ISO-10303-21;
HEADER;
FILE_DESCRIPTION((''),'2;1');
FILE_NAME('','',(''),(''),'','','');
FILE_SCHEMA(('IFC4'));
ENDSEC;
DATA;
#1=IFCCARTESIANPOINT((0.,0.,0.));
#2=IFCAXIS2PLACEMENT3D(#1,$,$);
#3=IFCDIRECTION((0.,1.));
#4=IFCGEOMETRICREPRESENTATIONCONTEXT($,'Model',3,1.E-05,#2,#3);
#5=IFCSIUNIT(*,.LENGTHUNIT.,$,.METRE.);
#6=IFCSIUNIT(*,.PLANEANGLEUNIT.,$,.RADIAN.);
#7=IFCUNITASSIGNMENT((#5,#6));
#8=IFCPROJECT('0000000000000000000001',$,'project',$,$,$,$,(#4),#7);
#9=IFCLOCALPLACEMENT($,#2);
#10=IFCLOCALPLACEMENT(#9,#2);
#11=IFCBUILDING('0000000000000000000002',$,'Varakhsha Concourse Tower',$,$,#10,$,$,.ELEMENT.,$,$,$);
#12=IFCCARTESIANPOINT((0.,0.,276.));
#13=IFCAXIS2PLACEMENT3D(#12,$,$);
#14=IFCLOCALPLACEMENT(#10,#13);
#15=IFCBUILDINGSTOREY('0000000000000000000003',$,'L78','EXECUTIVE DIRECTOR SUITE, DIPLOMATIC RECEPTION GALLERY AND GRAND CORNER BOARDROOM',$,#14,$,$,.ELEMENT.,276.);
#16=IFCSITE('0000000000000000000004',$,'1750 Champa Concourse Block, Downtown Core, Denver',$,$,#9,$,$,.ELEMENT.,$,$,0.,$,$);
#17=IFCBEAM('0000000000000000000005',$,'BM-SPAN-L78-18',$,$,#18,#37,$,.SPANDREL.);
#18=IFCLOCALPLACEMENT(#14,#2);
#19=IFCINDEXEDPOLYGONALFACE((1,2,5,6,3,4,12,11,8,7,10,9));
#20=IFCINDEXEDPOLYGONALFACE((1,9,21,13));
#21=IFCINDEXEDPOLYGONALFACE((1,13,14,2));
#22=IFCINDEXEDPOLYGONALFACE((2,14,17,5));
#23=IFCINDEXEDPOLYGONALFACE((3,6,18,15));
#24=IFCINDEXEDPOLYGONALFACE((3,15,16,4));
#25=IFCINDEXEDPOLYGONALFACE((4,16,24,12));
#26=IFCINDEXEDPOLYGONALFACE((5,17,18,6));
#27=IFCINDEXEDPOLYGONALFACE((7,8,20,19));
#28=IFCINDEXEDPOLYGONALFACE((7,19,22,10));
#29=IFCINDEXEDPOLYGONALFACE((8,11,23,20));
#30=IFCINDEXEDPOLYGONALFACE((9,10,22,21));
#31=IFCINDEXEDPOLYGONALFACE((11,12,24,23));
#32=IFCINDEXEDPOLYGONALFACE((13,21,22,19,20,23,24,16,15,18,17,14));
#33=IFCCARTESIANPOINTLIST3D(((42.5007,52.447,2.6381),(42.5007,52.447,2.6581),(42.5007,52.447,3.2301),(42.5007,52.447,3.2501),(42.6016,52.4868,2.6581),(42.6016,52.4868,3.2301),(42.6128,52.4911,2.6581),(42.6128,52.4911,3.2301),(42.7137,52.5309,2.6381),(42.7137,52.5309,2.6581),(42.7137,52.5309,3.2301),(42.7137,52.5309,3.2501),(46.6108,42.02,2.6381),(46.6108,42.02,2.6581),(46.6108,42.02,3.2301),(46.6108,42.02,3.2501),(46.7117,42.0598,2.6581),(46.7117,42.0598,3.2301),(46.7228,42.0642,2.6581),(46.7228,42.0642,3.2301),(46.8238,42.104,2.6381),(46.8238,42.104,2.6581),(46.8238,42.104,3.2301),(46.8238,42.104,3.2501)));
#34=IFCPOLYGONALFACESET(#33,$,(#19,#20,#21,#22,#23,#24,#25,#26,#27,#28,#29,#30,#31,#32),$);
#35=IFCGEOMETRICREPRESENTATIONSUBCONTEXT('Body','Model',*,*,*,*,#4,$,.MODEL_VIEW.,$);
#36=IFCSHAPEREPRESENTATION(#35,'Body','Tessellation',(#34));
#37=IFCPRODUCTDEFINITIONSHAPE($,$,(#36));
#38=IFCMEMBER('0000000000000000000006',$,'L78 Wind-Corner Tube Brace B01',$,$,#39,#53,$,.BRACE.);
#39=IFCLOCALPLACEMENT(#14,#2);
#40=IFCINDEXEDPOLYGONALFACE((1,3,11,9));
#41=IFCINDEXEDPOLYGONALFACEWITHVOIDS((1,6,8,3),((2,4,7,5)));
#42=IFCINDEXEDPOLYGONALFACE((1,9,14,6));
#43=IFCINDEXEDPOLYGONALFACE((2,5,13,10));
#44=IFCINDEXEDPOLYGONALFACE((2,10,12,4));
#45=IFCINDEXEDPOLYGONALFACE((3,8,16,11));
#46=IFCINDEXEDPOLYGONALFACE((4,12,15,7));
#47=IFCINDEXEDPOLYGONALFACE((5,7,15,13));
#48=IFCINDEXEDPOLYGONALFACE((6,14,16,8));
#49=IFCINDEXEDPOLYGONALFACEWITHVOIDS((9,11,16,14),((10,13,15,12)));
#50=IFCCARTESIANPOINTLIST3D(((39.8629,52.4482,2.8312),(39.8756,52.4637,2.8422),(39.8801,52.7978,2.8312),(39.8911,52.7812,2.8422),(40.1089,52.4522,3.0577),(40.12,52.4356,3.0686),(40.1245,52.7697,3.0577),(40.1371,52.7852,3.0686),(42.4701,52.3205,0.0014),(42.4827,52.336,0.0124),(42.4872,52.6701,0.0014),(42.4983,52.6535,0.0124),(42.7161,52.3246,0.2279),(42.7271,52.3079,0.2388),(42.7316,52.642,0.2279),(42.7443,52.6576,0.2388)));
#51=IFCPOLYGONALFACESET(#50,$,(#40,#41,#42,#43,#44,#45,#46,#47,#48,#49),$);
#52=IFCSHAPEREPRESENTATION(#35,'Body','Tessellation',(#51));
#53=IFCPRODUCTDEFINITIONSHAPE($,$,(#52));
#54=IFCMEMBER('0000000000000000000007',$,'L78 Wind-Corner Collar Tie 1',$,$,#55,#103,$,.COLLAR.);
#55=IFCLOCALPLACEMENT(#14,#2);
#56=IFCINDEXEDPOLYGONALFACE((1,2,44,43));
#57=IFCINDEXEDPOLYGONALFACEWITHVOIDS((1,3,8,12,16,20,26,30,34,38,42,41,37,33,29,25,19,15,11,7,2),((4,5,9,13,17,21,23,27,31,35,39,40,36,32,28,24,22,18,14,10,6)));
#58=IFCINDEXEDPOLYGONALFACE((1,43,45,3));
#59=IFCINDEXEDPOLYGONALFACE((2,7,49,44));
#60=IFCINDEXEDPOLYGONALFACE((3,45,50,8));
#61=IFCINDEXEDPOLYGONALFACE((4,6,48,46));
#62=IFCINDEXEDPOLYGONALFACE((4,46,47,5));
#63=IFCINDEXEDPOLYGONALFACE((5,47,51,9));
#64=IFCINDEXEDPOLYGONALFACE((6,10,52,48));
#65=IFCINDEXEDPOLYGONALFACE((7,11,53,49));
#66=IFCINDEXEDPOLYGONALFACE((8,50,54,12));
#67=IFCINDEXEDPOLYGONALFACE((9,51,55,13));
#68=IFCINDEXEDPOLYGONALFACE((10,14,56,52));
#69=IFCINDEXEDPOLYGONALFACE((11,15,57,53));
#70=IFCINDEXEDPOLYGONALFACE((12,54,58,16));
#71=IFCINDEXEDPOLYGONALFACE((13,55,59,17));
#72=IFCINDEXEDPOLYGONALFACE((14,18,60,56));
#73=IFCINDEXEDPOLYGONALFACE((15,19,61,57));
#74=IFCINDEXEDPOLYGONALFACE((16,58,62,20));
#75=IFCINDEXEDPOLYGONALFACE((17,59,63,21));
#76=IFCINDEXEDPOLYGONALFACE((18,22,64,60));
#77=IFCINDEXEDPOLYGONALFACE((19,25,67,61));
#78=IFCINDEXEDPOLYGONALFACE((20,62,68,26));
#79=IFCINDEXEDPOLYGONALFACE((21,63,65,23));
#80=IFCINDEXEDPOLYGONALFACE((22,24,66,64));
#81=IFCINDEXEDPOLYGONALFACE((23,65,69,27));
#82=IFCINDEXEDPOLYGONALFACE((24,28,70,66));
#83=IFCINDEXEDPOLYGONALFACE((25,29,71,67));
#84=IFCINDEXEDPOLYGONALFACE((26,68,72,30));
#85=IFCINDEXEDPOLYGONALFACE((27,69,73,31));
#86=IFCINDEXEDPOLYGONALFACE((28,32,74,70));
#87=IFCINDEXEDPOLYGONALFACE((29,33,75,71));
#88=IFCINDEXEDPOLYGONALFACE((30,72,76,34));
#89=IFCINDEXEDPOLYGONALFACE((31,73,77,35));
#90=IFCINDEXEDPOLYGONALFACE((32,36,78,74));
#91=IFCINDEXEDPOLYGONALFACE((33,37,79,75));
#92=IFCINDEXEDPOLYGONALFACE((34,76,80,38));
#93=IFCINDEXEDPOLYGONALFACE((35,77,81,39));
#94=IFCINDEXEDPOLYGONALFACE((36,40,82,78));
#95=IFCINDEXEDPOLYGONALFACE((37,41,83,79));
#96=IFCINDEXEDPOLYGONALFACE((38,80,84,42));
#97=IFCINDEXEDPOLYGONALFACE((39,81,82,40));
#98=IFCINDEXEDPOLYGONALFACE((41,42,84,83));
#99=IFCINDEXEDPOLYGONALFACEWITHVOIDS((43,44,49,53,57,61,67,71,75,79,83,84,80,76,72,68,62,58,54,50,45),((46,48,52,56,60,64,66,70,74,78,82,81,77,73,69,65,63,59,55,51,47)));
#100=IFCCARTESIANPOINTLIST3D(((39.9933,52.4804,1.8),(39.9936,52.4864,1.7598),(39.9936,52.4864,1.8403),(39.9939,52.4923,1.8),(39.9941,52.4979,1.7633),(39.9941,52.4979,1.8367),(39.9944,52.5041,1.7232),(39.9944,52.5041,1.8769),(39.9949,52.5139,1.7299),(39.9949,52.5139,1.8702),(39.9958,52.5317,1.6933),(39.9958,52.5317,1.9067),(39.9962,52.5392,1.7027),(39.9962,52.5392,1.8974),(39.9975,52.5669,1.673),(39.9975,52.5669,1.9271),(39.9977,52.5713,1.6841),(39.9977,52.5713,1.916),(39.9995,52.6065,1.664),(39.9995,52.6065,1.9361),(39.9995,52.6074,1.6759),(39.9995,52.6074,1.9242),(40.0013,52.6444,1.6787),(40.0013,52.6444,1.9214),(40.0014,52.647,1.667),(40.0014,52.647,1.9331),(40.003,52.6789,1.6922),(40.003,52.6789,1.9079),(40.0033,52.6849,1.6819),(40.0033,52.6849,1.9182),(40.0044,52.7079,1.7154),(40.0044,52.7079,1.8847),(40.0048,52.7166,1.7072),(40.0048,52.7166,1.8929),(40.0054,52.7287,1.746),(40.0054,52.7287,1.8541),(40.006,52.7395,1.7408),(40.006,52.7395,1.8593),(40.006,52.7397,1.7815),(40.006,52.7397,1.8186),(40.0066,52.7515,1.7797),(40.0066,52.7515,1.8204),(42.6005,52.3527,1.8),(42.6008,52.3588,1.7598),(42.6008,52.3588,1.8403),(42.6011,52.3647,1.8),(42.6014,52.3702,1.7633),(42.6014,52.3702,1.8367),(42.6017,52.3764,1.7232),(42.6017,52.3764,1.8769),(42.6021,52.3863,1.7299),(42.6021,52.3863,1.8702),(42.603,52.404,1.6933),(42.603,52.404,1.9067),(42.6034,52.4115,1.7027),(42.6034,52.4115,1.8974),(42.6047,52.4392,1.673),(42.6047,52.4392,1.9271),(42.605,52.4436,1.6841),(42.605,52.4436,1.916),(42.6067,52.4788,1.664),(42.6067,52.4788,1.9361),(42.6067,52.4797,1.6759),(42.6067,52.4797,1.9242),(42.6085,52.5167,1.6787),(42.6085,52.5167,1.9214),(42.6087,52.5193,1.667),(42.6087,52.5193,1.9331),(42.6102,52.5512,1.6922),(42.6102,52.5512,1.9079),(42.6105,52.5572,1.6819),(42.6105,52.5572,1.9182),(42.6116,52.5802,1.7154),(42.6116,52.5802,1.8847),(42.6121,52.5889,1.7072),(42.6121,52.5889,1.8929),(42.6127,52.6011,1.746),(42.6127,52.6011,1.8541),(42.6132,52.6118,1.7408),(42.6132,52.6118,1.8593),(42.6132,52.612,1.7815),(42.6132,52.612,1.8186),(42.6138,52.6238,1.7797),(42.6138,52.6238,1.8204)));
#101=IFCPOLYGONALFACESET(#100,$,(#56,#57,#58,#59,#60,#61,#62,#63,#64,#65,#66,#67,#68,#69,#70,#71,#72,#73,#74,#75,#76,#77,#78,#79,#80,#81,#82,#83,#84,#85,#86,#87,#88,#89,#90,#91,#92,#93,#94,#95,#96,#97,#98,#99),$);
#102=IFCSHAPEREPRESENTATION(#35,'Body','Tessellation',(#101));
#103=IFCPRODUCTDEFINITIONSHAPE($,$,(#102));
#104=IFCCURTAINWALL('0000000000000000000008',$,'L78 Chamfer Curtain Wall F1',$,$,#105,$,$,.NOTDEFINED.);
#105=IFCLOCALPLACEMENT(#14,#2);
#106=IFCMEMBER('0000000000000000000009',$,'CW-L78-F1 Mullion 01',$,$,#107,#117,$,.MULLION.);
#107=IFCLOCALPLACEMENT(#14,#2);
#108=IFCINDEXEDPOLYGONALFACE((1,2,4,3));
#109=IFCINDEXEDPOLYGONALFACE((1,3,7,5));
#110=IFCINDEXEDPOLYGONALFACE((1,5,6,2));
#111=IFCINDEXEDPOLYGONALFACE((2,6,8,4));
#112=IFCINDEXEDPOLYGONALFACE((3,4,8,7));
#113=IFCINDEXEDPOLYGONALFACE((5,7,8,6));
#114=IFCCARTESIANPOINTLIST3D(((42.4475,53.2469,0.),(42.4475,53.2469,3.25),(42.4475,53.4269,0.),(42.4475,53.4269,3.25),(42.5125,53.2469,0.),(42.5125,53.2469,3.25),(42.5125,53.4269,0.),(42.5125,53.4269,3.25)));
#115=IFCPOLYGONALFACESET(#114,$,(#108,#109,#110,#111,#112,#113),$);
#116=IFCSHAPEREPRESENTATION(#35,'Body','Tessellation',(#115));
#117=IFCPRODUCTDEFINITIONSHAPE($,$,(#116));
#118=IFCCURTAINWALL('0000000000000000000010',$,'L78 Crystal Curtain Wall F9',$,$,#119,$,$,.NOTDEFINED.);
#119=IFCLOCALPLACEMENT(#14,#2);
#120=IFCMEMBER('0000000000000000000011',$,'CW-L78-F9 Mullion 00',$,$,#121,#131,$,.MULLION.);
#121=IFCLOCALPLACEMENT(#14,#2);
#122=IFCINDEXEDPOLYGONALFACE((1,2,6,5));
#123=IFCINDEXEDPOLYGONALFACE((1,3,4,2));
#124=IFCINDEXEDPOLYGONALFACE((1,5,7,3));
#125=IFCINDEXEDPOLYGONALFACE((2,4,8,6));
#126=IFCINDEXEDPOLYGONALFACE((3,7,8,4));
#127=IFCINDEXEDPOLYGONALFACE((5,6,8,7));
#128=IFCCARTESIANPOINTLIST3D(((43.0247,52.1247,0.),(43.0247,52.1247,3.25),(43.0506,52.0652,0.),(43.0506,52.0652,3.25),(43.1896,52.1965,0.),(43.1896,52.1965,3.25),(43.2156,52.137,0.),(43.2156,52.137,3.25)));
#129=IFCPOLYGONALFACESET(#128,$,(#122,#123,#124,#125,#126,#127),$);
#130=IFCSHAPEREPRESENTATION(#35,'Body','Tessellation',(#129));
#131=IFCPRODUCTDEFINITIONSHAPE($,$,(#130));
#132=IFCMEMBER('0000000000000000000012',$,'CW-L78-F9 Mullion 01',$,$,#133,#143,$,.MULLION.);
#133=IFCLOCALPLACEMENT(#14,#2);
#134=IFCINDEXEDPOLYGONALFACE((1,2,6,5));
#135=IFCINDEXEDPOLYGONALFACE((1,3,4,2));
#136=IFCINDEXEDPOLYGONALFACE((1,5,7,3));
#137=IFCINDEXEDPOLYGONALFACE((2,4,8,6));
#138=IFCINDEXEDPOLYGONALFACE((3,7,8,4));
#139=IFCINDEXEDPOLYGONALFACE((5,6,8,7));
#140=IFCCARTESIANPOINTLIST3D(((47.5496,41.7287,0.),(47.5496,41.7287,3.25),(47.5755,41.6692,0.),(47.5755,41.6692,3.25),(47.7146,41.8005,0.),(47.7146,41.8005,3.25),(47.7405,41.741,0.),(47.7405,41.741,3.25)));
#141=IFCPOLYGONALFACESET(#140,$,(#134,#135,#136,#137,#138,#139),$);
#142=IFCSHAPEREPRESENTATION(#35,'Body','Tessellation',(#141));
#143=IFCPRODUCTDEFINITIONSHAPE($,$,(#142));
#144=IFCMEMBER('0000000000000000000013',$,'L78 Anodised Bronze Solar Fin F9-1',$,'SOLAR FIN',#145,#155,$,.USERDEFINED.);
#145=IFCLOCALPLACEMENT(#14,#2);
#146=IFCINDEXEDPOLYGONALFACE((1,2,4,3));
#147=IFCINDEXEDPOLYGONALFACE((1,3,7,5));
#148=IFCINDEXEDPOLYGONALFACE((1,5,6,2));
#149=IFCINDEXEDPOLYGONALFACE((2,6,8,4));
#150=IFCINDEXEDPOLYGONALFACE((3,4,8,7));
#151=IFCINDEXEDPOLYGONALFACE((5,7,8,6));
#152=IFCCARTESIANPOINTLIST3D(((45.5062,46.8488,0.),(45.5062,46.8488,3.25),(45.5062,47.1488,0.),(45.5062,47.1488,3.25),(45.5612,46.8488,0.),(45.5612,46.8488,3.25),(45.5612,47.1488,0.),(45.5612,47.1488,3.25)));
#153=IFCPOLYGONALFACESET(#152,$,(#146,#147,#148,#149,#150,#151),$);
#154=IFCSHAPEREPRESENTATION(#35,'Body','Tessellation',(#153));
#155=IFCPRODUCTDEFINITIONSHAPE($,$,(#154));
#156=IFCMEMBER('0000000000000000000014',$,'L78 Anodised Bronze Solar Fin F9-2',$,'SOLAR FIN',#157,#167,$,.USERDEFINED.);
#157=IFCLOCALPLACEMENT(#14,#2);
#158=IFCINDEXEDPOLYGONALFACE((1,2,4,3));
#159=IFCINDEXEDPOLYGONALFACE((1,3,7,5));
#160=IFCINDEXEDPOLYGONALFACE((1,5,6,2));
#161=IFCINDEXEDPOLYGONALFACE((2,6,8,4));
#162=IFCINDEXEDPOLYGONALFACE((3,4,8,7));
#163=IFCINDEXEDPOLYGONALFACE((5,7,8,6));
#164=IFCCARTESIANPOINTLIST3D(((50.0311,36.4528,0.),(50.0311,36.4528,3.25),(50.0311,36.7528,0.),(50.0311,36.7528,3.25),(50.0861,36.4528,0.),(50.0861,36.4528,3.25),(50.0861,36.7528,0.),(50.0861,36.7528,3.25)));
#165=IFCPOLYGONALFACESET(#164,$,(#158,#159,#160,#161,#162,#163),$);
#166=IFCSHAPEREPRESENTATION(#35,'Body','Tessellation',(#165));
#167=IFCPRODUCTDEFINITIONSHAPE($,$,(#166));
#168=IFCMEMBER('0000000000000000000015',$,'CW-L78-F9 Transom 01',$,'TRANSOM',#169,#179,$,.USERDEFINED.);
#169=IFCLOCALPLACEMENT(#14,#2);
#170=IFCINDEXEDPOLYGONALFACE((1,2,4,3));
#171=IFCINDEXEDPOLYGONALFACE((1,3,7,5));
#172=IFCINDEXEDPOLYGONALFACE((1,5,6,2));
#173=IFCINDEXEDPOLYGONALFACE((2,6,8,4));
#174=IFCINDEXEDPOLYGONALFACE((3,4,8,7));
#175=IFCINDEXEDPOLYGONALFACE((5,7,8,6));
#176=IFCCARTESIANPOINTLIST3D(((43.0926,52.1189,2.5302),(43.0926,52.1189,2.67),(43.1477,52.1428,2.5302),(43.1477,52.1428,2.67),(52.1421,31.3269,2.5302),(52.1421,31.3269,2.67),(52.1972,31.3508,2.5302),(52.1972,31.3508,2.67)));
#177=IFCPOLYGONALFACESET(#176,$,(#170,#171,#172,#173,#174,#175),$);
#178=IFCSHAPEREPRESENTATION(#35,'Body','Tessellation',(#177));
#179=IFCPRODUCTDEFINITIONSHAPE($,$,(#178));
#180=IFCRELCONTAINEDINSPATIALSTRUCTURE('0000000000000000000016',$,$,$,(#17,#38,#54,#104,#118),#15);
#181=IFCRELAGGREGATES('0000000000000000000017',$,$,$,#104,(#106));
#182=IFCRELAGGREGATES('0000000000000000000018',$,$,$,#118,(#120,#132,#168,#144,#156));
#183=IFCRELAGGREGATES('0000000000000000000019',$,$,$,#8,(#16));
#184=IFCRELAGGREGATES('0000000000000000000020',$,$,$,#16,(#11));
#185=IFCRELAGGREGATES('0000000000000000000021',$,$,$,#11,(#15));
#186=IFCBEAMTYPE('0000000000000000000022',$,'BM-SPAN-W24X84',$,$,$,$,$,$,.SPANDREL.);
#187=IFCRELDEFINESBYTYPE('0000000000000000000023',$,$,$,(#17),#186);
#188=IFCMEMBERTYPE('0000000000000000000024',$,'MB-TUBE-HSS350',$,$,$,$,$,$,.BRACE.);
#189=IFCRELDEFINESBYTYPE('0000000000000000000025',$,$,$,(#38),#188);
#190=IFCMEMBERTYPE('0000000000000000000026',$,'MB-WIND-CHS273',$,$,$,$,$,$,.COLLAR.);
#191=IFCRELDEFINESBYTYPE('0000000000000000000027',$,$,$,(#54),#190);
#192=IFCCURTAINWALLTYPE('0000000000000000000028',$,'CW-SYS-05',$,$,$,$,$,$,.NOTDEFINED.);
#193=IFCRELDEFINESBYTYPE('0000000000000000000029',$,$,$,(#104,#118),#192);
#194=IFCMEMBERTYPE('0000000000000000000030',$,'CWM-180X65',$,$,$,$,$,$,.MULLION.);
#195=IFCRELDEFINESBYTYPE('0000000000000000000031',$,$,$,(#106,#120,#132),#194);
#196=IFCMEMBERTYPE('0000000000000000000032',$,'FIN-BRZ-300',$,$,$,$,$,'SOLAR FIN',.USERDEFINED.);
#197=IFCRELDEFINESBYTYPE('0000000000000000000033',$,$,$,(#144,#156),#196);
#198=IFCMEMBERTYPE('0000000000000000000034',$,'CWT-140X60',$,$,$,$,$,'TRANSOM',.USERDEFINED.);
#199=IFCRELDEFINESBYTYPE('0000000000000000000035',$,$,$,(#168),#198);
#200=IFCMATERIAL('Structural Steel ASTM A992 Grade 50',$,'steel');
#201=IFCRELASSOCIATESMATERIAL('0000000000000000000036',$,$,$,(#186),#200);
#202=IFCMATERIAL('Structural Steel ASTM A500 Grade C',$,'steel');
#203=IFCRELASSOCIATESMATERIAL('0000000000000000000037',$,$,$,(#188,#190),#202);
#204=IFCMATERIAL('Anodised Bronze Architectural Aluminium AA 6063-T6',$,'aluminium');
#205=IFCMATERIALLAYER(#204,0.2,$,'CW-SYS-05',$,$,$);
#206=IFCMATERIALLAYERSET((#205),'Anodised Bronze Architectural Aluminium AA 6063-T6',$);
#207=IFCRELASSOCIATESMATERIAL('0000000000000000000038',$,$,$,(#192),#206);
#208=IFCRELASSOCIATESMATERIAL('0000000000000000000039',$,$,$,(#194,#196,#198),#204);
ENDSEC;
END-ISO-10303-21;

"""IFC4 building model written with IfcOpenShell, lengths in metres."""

from ifc_helpers import new_model, si_unit, direction, frame, origin, origin_2d, place, context, subcontext, project, spatial, rectangle, hollow_rectangle, hollow_circle, i_section, extrude, source, transform, mapped, material, layer, layer_set, material_profile, profile_set, type_object, type_shapes, element, aggregate, save


model = new_model("IFC4")

# Units and contexts
model_context = context("Model", 3, precision=1e-05, world=origin(), true_north=direction((0.0, 1.0)))
body_context = subcontext(model_context, "Body", "Model", "MODEL_VIEW")
ifc_project = project(units=[si_unit("LENGTHUNIT", "METRE"), si_unit("PLANEANGLEUNIT", "RADIAN")], contexts=[model_context])

# Site, building, storey
site_placement = place(None, origin())
site = spatial("IfcSite", under=ifc_project, at=site_placement, Name="1750 Champa Concourse Block, Downtown Core, Denver", CompositionType="ELEMENT", RefElevation=0.0)
building_placement = place(site_placement, origin())
building = spatial("IfcBuilding", under=site, at=building_placement, Name="Varakhsha Concourse Tower", CompositionType="ELEMENT")
storey_placement = place(building_placement, frame((0.0, 0.0, 276.0)))
storey = spatial("IfcBuildingStorey", under=building, at=storey_placement, Name="L78", Description="EXECUTIVE DIRECTOR SUITE, DIPLOMATIC RECEPTION GALLERY AND GRAND CORNER BOARDROOM", CompositionType="ELEMENT", Elevation=276.0)

# Shared definitions
ifc_material_1 = material(Name="Structural Steel ASTM A992 Grade 50", Category="steel")

# Beam
ifc_material_profile_1 = material_profile(ifc_material_1, i_section(OverallWidth=0.229, OverallDepth=0.6121, WebThickness=0.012, FlangeThickness=0.02, at=origin_2d()), Name="W24X84")
ifc_profile_set_1 = profile_set([ifc_material_profile_1], Name="Structural Steel ASTM A992 Grade 50")
beam_type_1 = type_object("IfcBeamType", Name="BM-SPAN-W24X84", PredefinedType="SPANDREL", material=ifc_profile_set_1)
beam_1_placement = place(storey_placement, frame((46.7173, 42.062, 2.9441), z_axis=(-0.366718, 0.930332, 0.0), x_axis=(-0.930332, -0.366718, 0.0)))
element("IfcBeam", 1, at=beam_1_placement, inside=storey, type_object=beam_type_1, Name="BM-SPAN-L78-18", PredefinedType="SPANDREL", context=body_context, shape_type="SweptSolid", body=[
    extrude(i_section(OverallWidth=0.229, OverallDepth=0.6121, WebThickness=0.012, FlangeThickness=0.02, at=origin_2d()), origin(), (0.0, 0.0, 1.0), 11.2078),
])

# Members
ifc_material_2 = material(Name="Structural Steel ASTM A500 Grade C", Category="steel")
ifc_material_profile_2 = material_profile(ifc_material_2, hollow_rectangle(XDim=0.3501, YDim=0.3501, WallThickness=0.0161, at=origin_2d()), Name="HSS 350x350x16")
ifc_profile_set_2 = profile_set([ifc_material_profile_2], Name="Structural Steel ASTM A500 Grade C")
member_type_1 = type_object("IfcMemberType", Name="MB-TUBE-HSS350", PredefinedType="BRACE", material=ifc_profile_set_2)
shared_shape_1 = source(origin(), body_context, "Body", "SweptSolid", [
    extrude(hollow_rectangle(XDim=0.3501, YDim=0.3501, WallThickness=0.0161, at=origin_2d()), origin(), (0.0, 0.0, 1.0), 3.8499),
])
type_shapes(member_type_1, [shared_shape_1])
member_1_placement = place(storey_placement, frame((42.6072, 52.489, 0.1201), z_axis=(-0.677209, 0.033166, 0.735043), x_axis=(-0.048916, -0.998803, 0.0)))
element("IfcMember", 2, at=member_1_placement, inside=storey, type_object=member_type_1, Name="L78 Wind-Corner Tube Brace B01", PredefinedType="BRACE", context=body_context, shape_type="MappedRepresentation", body=[
    mapped(shared_shape_1, transform((0.0, 0.0, 0.0), scale=1.0)),
])
ifc_material_profile_3 = material_profile(ifc_material_2, hollow_circle(Radius=0.1365, WallThickness=0.012, at=origin_2d()), Name="CHS 273x12")
ifc_profile_set_3 = profile_set([ifc_material_profile_3], Name="Structural Steel ASTM A500 Grade C")
member_type_2 = type_object("IfcMemberType", Name="MB-WIND-CHS273", PredefinedType="COLLAR", material=ifc_profile_set_3)
shared_shape_2 = source(origin(), body_context, "Body", "SweptSolid", [
    extrude(hollow_circle(Radius=0.1365, WallThickness=0.012, at=origin_2d()), origin(), (0.0, 0.0, 1.0), 2.6104),
])
type_shapes(member_type_2, [shared_shape_2])
member_2_placement = place(storey_placement, frame((42.6072, 52.489, 1.8), z_axis=(-0.998803, 0.048916, 0.0), x_axis=(-0.048916, -0.998803, 0.0)))
element("IfcMember", 3, at=member_2_placement, inside=storey, type_object=member_type_2, Name="L78 Wind-Corner Collar Tie 1", PredefinedType="COLLAR", context=body_context, shape_type="MappedRepresentation", body=[
    mapped(shared_shape_2, transform((0.0, 0.0, 0.0), scale=1.0)),
])

# Curtain wall, member
ifc_material_3 = material(Name="Anodised Bronze Architectural Aluminium AA 6063-T6", Category="aluminium")
ifc_layer_1 = layer(ifc_material_3, 0.2, Name="CW-SYS-05")
ifc_layer_set_1 = layer_set([ifc_layer_1], Name="Anodised Bronze Architectural Aluminium AA 6063-T6")
curtain_wall_type = type_object("IfcCurtainWallType", Name="CW-SYS-05", PredefinedType="NOTDEFINED", material=ifc_layer_set_1)
curtain_wall_1_placement = place(storey_placement, origin())
curtain_wall_1 = element("IfcCurtainWall", 4, at=curtain_wall_1_placement, inside=storey, type_object=curtain_wall_type, Name="L78 Chamfer Curtain Wall F1", PredefinedType="NOTDEFINED")
ifc_material_profile_4 = material_profile(ifc_material_3, rectangle(XDim=0.0649, YDim=0.1799, at=origin_2d()), Name="CWM-180X65")
ifc_profile_set_4 = profile_set([ifc_material_profile_4], Name="Anodised Bronze Architectural Aluminium AA 6063-T6")
member_type_3 = type_object("IfcMemberType", Name="CWM-180X65", PredefinedType="MULLION", material=ifc_profile_set_4)
shared_shape_3 = source(origin(), body_context, "Body", "SweptSolid", [
    extrude(rectangle(XDim=0.0649, YDim=0.1799, at=origin_2d()), origin(), (0.0, 0.0, 1.0), 3.25),
])
type_shapes(member_type_3, [shared_shape_3])
member_3_placement = place(storey_placement, frame((42.48, 53.3369, 0.0), z_axis=(0.0, 0.0, 1.0), x_axis=(1.0, 0.0, 0.0)))
member_3 = element("IfcMember", 5, at=member_3_placement, type_object=member_type_3, Name="CW-L78-F1 Mullion 01", PredefinedType="MULLION", context=body_context, shape_type="MappedRepresentation", body=[
    mapped(shared_shape_3, transform((0.0, 0.0, 0.0), scale=1.0)),
])

# Curtain wall, members
curtain_wall_2_placement = place(storey_placement, origin())
curtain_wall_2 = element("IfcCurtainWall", 6, at=curtain_wall_2_placement, inside=storey, type_object=curtain_wall_type, Name="L78 Crystal Curtain Wall F9", PredefinedType="NOTDEFINED")
member_4_placement = place(storey_placement, frame((43.1201, 52.1309, 0.0), z_axis=(0.0, 0.0, 1.0), x_axis=(0.399084, -0.916915, 0.0)))
member_4 = element("IfcMember", 7, at=member_4_placement, type_object=member_type_3, Name="CW-L78-F9 Mullion 00", PredefinedType="MULLION", context=body_context, shape_type="MappedRepresentation", body=[
    mapped(shared_shape_3, transform((0.0, 0.0, 0.0), scale=1.0)),
])
member_5_placement = place(storey_placement, frame((47.645, 41.7349, 0.0), z_axis=(0.0, 0.0, 1.0), x_axis=(0.399084, -0.916915, 0.0)))
member_5 = element("IfcMember", 8, at=member_5_placement, type_object=member_type_3, Name="CW-L78-F9 Mullion 01", PredefinedType="MULLION", context=body_context, shape_type="MappedRepresentation", body=[
    mapped(shared_shape_3, transform((0.0, 0.0, 0.0), scale=1.0)),
])
ifc_material_profile_5 = material_profile(ifc_material_3, rectangle(XDim=0.0549, YDim=0.3, at=origin_2d()), Name="FIN-BRZ-300")
ifc_profile_set_5 = profile_set([ifc_material_profile_5], Name="Anodised Bronze Architectural Aluminium AA 6063-T6")
member_type_4 = type_object("IfcMemberType", Name="FIN-BRZ-300", ElementType="SOLAR FIN", PredefinedType="USERDEFINED", material=ifc_profile_set_5)
shared_shape_4 = source(origin(), body_context, "Body", "SweptSolid", [
    extrude(rectangle(XDim=0.0549, YDim=0.3, at=origin_2d()), origin(), (0.0, 0.0, 1.0), 3.25),
])
type_shapes(member_type_4, [shared_shape_4])
member_6_placement = place(storey_placement, frame((45.5337, 46.9988, 0.0), z_axis=(0.0, 0.0, 1.0), x_axis=(1.0, 0.0, 0.0)))
member_6 = element("IfcMember", 9, at=member_6_placement, type_object=member_type_4, Name="L78 Anodised Bronze Solar Fin F9-1", ObjectType="SOLAR FIN", PredefinedType="USERDEFINED", context=body_context, shape_type="MappedRepresentation", body=[
    mapped(shared_shape_4, transform((0.0, 0.0, 0.0), scale=1.0)),
])
member_7_placement = place(storey_placement, frame((50.0586, 36.6028, 0.0), z_axis=(0.0, 0.0, 1.0), x_axis=(1.0, 0.0, 0.0)))
member_7 = element("IfcMember", 10, at=member_7_placement, type_object=member_type_4, Name="L78 Anodised Bronze Solar Fin F9-2", ObjectType="SOLAR FIN", PredefinedType="USERDEFINED", context=body_context, shape_type="MappedRepresentation", body=[
    mapped(shared_shape_4, transform((0.0, 0.0, 0.0), scale=1.0)),
])
ifc_material_profile_6 = material_profile(ifc_material_3, rectangle(XDim=0.0601, YDim=0.1399, at=origin_2d()), Name="CWT-140X60")
ifc_profile_set_6 = profile_set([ifc_material_profile_6], Name="Anodised Bronze Architectural Aluminium AA 6063-T6")
member_type_5 = type_object("IfcMemberType", Name="CWT-140X60", ElementType="TRANSOM", PredefinedType="USERDEFINED", material=ifc_profile_set_6)
shared_shape_5 = source(origin(), body_context, "Body", "SweptSolid", [
    extrude(rectangle(XDim=0.0601, YDim=0.1399, at=origin_2d()), origin(), (0.0, 0.0, 1.0), 22.676),
])
type_shapes(member_type_5, [shared_shape_5])
member_8_placement = place(storey_placement, frame((43.1201, 52.1309, 2.6001), z_axis=(0.399081, -0.916916, 0.0), x_axis=(0.916916, 0.399081, 0.0)))
member_8 = element("IfcMember", 11, at=member_8_placement, type_object=member_type_5, Name="CW-L78-F9 Transom 01", ObjectType="TRANSOM", PredefinedType="USERDEFINED", context=body_context, shape_type="MappedRepresentation", body=[
    mapped(shared_shape_5, transform((0.0, 0.0, 0.0), scale=1.0)),
])

aggregate(curtain_wall_1, [member_3])
aggregate(curtain_wall_2, [member_4, member_5, member_8, member_6, member_7])

save(model, "model.ifc")
